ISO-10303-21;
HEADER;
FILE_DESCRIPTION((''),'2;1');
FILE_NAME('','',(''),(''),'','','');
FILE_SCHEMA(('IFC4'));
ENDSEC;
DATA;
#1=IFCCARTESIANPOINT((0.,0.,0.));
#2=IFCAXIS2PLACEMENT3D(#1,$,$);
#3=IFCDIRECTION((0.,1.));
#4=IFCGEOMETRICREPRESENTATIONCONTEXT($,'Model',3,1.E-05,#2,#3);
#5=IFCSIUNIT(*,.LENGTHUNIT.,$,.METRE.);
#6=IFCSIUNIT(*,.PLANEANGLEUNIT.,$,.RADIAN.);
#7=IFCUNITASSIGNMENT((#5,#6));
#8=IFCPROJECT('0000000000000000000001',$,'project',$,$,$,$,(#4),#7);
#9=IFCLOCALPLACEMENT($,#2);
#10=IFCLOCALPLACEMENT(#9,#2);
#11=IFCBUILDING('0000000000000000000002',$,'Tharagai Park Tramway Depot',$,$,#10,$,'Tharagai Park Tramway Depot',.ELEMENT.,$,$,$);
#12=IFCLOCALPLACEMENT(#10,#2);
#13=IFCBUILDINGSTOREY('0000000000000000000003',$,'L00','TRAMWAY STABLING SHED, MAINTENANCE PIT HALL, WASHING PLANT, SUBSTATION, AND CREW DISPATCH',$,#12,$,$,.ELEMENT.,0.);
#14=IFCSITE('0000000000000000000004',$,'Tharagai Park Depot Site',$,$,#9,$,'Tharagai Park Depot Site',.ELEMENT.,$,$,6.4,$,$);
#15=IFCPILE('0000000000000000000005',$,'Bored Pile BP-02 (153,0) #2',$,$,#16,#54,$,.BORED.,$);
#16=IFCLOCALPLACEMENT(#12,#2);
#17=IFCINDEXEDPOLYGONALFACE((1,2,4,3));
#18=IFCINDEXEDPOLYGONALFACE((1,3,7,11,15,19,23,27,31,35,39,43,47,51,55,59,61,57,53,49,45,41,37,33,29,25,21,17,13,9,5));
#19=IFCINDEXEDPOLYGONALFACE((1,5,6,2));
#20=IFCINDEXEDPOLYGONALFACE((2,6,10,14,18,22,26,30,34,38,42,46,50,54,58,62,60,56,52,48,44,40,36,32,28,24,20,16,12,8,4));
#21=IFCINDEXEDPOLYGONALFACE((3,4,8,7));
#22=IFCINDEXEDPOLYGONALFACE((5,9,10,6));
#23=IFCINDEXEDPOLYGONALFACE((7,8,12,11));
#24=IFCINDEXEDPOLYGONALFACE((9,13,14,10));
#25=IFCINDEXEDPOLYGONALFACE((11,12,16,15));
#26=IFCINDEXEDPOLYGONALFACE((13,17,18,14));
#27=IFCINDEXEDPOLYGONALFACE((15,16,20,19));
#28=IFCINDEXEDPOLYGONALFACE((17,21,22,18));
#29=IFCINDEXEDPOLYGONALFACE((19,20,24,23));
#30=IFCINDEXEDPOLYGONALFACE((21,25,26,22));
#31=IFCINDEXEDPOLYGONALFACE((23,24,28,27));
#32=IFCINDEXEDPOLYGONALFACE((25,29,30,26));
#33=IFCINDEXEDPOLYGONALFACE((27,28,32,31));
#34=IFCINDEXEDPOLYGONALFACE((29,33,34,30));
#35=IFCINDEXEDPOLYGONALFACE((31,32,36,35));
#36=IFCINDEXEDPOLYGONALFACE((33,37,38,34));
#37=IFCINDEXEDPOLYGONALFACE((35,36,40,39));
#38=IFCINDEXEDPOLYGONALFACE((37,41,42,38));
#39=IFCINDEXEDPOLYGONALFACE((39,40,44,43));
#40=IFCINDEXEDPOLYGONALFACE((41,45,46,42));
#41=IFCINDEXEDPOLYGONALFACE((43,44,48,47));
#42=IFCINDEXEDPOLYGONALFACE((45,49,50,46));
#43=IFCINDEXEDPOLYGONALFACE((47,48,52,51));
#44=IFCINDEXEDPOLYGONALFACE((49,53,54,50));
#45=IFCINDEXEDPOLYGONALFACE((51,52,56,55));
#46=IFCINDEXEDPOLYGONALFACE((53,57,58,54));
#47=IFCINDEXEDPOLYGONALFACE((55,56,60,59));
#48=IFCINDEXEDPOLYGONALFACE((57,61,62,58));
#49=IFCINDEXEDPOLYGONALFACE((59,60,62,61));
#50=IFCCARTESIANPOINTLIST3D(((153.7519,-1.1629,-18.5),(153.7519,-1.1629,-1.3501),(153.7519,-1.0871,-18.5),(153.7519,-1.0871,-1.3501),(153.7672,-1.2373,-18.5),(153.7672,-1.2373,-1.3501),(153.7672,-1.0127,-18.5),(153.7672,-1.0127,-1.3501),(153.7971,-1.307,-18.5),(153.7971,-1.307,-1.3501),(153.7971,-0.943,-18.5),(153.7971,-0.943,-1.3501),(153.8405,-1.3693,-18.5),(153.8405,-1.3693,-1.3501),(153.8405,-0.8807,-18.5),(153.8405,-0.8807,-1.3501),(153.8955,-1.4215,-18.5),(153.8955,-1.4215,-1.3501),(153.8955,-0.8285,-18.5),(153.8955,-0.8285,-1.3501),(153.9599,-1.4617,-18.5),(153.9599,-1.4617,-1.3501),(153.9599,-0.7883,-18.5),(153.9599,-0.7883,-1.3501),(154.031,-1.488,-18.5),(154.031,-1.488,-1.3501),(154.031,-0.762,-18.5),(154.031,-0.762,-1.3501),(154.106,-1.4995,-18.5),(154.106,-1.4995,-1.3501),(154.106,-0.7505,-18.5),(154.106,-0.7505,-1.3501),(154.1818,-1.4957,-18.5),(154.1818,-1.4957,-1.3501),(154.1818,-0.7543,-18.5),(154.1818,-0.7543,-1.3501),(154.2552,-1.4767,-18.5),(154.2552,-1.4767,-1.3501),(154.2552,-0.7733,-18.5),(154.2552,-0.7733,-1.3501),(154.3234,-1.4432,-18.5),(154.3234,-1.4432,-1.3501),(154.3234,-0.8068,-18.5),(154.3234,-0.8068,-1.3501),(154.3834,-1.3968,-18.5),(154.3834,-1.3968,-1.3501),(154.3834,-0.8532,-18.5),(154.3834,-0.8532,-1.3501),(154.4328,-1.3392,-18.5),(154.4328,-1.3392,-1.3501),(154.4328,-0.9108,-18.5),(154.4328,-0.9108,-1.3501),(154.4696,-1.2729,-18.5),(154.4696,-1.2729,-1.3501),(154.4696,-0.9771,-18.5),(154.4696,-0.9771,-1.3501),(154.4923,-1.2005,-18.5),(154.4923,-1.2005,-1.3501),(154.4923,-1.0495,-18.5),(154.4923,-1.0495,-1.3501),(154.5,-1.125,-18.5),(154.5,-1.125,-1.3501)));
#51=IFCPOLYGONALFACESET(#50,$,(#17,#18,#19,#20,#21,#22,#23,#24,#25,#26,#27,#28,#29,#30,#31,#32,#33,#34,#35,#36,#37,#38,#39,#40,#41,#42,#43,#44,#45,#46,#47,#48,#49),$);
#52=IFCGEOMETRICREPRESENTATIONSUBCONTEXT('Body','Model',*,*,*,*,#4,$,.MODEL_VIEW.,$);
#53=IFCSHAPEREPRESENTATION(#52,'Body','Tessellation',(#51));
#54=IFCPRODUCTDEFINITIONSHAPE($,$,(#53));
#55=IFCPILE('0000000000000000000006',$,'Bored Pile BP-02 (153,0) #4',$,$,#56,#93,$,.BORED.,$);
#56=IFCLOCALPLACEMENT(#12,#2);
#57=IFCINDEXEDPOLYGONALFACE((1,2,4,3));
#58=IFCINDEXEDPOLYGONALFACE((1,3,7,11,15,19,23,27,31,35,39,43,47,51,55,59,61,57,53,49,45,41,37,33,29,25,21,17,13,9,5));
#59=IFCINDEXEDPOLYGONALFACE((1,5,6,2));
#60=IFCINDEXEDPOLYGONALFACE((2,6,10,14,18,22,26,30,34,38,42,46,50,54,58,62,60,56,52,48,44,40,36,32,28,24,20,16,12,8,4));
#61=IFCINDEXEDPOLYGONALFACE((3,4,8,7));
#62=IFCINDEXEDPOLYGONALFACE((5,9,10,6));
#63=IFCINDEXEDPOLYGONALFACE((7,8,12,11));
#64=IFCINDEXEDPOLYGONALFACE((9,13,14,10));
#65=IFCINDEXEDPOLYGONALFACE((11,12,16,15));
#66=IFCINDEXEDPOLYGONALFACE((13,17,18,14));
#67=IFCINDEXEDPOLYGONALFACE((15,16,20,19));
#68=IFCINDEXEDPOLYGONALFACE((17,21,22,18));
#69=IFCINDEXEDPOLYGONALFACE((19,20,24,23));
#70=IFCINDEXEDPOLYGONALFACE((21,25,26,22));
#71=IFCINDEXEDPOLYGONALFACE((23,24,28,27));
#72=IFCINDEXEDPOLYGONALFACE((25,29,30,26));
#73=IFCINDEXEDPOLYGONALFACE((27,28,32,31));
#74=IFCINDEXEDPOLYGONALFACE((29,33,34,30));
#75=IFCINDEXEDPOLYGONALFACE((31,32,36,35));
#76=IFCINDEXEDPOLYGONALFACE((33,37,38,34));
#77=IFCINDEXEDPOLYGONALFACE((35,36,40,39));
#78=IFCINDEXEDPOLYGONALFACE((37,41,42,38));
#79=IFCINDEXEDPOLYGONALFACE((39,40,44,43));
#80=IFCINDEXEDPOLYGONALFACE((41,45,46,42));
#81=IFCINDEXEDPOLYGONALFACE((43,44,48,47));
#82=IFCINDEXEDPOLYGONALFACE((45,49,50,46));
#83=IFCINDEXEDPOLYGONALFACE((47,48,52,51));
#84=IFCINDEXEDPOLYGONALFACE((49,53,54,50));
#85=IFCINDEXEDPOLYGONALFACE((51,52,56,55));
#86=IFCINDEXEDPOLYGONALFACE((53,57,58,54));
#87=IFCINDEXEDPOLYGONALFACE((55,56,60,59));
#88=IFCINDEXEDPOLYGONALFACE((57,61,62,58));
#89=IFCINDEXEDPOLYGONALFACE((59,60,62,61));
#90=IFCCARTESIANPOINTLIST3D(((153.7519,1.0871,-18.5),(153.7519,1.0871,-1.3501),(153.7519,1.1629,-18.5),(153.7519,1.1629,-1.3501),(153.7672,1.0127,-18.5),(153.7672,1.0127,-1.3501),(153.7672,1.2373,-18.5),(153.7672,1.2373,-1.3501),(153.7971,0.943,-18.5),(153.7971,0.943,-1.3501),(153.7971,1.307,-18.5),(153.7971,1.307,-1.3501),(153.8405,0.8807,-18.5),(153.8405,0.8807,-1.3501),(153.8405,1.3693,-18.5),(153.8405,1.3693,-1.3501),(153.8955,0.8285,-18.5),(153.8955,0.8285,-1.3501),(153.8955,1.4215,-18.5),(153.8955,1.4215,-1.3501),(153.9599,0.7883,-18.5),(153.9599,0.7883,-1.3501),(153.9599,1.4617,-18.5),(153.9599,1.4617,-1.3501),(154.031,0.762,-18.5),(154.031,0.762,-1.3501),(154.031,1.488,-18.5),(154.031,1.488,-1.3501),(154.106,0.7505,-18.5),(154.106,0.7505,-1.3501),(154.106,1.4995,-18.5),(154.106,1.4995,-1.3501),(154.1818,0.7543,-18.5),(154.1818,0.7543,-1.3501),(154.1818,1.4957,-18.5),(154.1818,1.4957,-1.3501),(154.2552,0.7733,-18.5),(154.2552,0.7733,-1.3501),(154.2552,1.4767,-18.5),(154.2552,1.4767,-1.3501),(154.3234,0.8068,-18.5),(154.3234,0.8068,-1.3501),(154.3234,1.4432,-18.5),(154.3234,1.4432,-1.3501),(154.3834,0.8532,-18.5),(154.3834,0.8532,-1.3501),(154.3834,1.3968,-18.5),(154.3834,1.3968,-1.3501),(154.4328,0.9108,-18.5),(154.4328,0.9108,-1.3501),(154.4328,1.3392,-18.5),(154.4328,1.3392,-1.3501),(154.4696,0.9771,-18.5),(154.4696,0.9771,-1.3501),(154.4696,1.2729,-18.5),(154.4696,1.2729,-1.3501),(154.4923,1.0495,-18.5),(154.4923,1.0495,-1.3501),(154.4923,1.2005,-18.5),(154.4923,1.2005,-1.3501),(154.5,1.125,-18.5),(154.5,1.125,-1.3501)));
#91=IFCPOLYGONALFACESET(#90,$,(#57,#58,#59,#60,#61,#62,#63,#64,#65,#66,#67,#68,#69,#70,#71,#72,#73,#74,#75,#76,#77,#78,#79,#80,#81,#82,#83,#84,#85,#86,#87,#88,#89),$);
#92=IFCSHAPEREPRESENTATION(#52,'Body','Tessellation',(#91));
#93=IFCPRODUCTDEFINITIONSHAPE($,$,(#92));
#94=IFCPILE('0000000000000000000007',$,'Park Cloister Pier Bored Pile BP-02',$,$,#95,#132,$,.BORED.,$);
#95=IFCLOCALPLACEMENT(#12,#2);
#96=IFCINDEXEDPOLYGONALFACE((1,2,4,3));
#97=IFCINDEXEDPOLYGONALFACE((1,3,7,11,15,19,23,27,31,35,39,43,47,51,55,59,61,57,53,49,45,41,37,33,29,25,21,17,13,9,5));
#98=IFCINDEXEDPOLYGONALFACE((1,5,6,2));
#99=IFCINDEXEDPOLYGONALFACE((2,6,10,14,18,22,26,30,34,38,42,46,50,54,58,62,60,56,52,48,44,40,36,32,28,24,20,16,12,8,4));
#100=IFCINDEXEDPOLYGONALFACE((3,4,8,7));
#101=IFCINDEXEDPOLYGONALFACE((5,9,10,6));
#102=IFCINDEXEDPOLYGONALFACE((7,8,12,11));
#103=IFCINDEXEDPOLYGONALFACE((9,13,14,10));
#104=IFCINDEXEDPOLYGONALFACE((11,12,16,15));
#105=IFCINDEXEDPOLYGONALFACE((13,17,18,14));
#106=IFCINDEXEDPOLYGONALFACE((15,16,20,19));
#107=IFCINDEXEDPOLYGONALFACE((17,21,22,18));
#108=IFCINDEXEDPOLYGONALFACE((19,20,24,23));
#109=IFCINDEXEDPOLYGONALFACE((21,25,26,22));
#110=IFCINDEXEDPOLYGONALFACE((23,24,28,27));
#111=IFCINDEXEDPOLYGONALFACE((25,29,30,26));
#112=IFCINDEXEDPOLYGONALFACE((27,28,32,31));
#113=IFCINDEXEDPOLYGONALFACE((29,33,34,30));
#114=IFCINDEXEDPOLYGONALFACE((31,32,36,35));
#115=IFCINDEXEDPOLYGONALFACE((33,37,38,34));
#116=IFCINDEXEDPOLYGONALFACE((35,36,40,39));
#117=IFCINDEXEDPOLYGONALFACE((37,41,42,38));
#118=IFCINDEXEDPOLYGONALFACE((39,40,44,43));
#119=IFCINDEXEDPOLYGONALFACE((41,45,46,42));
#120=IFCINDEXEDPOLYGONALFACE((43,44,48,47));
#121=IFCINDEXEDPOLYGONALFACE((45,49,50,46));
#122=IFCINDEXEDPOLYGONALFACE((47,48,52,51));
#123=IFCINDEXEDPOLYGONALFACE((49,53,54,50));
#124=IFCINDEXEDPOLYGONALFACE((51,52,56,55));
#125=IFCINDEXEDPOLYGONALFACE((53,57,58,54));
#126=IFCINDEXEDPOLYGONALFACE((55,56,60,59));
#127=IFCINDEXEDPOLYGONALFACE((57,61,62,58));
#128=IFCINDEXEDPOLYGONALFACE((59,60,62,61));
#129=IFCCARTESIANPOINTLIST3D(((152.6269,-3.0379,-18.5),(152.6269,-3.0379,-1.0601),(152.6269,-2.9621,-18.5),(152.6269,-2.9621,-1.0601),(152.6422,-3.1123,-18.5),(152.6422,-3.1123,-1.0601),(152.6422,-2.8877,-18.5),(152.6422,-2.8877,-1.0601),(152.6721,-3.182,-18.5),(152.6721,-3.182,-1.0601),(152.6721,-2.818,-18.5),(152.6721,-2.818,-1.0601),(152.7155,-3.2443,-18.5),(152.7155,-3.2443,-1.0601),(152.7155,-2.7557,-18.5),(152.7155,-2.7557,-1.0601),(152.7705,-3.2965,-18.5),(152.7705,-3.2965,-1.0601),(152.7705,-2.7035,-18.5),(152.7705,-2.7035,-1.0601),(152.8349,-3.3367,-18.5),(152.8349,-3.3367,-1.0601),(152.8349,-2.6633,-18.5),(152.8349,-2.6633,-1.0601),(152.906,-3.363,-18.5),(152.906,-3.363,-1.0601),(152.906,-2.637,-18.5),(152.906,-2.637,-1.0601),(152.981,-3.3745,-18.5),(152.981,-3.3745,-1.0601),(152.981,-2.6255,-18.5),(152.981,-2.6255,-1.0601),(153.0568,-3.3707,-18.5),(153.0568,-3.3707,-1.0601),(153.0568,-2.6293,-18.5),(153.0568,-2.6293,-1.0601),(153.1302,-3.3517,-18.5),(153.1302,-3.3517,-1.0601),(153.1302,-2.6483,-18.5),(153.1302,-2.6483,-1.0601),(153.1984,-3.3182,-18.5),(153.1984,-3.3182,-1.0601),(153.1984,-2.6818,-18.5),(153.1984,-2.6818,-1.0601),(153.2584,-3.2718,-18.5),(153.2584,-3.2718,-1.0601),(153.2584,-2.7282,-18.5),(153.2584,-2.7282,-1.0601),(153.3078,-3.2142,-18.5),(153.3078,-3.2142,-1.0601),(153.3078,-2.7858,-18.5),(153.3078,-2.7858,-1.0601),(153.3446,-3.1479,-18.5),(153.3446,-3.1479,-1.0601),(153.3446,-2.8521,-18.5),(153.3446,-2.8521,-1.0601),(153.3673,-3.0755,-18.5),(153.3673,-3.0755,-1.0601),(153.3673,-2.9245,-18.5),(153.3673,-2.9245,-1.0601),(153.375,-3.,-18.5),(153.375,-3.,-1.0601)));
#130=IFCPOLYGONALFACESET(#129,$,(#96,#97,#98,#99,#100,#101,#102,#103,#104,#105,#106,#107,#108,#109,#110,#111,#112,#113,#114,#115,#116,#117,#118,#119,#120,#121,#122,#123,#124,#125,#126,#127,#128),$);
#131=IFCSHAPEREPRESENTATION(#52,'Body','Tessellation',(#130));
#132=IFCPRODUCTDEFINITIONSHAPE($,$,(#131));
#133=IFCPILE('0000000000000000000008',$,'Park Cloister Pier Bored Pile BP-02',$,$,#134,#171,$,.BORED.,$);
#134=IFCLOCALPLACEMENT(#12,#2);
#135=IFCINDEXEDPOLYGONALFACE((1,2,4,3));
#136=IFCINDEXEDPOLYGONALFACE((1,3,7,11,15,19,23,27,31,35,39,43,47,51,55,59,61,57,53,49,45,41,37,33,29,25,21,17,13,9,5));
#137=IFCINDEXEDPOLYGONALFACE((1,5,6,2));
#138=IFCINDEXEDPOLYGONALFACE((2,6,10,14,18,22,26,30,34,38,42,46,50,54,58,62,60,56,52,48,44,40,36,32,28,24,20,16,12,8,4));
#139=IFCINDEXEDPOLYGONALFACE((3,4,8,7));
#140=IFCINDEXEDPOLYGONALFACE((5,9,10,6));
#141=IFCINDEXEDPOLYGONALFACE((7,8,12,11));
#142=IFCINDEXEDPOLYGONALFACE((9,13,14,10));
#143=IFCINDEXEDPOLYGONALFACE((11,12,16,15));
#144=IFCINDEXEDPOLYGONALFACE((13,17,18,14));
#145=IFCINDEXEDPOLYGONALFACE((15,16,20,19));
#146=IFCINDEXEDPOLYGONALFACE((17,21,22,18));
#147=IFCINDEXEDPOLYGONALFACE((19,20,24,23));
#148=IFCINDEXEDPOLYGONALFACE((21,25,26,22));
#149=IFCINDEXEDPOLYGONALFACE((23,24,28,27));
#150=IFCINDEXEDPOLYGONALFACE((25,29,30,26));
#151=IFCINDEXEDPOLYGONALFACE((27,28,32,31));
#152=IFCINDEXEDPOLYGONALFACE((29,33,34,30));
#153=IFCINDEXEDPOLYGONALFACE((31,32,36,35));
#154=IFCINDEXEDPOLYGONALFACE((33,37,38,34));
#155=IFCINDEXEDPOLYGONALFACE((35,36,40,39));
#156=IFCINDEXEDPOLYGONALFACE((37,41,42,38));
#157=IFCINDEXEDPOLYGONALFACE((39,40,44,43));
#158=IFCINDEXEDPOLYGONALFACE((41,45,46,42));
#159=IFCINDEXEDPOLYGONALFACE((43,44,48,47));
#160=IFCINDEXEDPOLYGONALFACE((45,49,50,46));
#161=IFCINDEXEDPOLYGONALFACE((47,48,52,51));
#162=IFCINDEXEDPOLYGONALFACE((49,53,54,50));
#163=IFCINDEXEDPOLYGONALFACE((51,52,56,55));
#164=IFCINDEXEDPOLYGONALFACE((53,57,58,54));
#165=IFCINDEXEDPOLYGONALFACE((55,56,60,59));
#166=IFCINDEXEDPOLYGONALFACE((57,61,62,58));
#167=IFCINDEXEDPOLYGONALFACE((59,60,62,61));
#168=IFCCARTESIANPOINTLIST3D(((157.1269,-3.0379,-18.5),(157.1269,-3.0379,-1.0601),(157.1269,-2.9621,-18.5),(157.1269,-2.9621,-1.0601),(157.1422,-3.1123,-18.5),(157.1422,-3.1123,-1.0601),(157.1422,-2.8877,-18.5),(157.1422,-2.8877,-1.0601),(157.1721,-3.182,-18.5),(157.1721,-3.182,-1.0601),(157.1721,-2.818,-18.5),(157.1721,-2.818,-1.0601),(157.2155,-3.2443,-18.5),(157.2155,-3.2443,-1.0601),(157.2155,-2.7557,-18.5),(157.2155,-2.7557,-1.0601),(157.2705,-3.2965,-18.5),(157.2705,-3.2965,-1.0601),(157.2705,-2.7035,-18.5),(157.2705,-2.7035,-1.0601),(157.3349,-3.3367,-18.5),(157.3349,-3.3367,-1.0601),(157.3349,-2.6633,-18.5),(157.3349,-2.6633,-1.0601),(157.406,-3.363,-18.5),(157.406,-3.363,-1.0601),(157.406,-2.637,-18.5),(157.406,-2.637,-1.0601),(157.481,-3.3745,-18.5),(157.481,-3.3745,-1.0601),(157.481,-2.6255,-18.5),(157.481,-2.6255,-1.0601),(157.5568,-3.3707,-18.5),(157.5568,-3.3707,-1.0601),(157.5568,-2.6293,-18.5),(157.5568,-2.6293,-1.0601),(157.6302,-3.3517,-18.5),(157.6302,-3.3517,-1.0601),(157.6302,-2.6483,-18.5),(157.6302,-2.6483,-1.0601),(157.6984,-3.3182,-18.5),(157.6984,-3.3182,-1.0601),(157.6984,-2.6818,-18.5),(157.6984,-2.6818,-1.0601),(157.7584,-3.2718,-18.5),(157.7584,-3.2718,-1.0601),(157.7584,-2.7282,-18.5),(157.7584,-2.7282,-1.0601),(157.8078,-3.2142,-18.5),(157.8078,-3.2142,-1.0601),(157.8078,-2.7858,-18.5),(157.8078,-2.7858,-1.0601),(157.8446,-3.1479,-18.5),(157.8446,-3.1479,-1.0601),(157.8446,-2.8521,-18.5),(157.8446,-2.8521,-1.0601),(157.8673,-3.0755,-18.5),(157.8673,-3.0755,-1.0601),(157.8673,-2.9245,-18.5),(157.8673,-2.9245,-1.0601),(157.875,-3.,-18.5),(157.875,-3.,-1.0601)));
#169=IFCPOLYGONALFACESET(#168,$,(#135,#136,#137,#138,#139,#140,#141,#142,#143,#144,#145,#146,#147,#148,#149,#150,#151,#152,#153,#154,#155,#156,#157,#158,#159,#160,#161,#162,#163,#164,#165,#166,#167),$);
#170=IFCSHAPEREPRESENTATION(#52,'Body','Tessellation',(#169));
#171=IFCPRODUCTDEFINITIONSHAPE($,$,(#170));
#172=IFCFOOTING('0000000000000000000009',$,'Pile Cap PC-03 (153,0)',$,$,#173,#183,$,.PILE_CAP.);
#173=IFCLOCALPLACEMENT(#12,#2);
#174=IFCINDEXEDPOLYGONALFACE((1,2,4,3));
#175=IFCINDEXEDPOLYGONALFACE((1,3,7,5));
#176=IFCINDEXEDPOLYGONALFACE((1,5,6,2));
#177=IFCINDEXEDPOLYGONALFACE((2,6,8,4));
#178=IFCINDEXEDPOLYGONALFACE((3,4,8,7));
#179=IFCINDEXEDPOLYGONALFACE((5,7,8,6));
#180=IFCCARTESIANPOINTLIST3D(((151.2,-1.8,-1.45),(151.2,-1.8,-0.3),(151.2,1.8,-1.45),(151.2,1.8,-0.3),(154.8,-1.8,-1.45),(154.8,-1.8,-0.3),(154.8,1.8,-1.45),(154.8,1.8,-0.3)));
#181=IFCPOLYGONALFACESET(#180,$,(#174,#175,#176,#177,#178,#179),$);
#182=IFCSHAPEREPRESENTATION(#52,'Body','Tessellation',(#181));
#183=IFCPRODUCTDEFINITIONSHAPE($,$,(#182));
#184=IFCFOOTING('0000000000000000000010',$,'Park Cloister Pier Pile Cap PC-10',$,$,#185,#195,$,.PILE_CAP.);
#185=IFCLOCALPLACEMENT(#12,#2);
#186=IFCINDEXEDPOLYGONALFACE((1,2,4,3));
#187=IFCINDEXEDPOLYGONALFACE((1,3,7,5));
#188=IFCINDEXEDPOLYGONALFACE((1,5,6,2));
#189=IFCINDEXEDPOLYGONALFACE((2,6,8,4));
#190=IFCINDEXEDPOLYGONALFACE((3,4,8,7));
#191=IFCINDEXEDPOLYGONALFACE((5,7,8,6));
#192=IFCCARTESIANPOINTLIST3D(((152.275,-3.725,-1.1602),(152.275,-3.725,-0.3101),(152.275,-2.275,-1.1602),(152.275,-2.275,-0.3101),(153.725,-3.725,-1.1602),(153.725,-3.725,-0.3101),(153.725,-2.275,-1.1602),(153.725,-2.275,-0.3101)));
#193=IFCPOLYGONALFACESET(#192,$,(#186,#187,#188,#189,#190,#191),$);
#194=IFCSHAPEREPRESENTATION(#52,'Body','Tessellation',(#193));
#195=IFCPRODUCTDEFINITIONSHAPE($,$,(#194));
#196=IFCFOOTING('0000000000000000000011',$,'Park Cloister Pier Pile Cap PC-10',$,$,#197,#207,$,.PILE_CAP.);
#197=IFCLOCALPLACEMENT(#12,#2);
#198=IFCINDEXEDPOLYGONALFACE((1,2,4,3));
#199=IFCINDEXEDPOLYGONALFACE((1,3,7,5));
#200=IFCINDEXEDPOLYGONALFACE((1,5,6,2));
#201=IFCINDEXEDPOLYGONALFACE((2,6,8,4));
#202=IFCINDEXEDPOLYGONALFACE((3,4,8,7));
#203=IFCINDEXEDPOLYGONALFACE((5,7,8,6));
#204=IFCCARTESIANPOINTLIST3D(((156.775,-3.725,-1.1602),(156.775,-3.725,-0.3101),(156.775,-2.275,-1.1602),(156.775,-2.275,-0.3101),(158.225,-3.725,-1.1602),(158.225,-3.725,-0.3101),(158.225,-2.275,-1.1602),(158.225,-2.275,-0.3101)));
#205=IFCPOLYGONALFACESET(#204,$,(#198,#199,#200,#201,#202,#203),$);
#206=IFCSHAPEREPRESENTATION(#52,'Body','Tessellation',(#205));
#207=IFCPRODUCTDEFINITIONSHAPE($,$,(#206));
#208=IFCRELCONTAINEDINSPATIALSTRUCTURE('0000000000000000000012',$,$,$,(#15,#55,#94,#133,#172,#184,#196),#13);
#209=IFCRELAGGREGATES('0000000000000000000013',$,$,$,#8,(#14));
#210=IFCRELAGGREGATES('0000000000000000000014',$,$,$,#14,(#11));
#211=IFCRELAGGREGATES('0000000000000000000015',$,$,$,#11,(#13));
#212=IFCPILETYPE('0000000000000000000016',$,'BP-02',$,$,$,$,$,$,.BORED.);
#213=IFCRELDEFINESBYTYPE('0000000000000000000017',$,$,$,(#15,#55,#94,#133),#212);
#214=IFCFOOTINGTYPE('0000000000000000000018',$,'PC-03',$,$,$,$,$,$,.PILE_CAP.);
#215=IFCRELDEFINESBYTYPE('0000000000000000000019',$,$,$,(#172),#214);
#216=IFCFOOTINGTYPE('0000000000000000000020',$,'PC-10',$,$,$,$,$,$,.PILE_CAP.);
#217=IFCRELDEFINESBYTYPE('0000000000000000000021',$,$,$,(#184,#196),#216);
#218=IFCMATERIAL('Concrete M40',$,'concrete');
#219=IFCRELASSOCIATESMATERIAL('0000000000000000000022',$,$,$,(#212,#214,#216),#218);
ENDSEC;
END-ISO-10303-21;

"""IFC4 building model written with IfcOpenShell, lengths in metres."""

from ifc_helpers import new_model, si_unit, direction, frame, origin, origin_2d, place, context, subcontext, project, spatial, rectangle, circle, extrude, material, material_profile, profile_set, type_object, element, save


model = new_model("IFC4")

# Units and contexts
model_context = context("Model", 3, precision=1e-05, world=origin(), true_north=direction((0.0, 1.0)))
body_context = subcontext(model_context, "Body", "Model", "MODEL_VIEW")
ifc_project = project(units=[si_unit("LENGTHUNIT", "METRE"), si_unit("PLANEANGLEUNIT", "RADIAN")], contexts=[model_context])

# Site, building, storey
site_placement = place(None, origin())
site = spatial("IfcSite", under=ifc_project, at=site_placement, Name="Tharagai Park Depot Site", LongName="Tharagai Park Depot Site", CompositionType="ELEMENT", RefElevation=6.4)
building_placement = place(site_placement, origin())
building = spatial("IfcBuilding", under=site, at=building_placement, Name="Tharagai Park Tramway Depot", LongName="Tharagai Park Tramway Depot", CompositionType="ELEMENT")
storey_placement = place(building_placement, origin())
storey = spatial("IfcBuildingStorey", under=building, at=storey_placement, Name="L00", Description="TRAMWAY STABLING SHED, MAINTENANCE PIT HALL, WASHING PLANT, SUBSTATION, AND CREW DISPATCH", CompositionType="ELEMENT", Elevation=0.0)

# Piles
ifc_material_1 = material(Name="Concrete M40", Category="concrete")
ifc_material_profile_1 = material_profile(ifc_material_1, circle(Radius=0.375, at=origin_2d()), Name="PILE D750")
ifc_profile_set_1 = profile_set([ifc_material_profile_1], Name="Concrete M40")
pile_type = type_object("IfcPileType", Name="BP-02", PredefinedType="BORED", material=ifc_profile_set_1)
for number, where, z_axis, x_axis, name in (
    (1, (154.125, -1.125, -1.3501), (0.0, 0.0, -1.0), (1.0, 0.0, 0.0), "Bored Pile BP-02 (153,0) #2"),
    (2, (154.125, 1.125, -1.3501), (0.0, 0.0, -1.0), (1.0, 0.0, 0.0), "Bored Pile BP-02 (153,0) #4"),
):
    element("IfcPile", number, at=place(storey_placement, frame(where, z_axis=z_axis, x_axis=x_axis)), inside=storey, type_object=pile_type, Name=name, PredefinedType="BORED", context=body_context, shape_type="SweptSolid", body=[
        extrude(circle(Radius=0.375, at=origin_2d()), origin(), (0.0, 0.0, 1.0), 17.1499),
    ])
for number, where, z_axis, x_axis, name in (
    (3, (153.0, -3.0, -1.0601), (0.0, 0.0, -1.0), (1.0, 0.0, 0.0), "Park Cloister Pier Bored Pile BP-02"),
    (4, (157.5, -3.0, -1.0601), (0.0, 0.0, -1.0), (1.0, 0.0, 0.0), "Park Cloister Pier Bored Pile BP-02"),
):
    element("IfcPile", number, at=place(storey_placement, frame(where, z_axis=z_axis, x_axis=x_axis)), inside=storey, type_object=pile_type, Name=name, PredefinedType="BORED", context=body_context, shape_type="SweptSolid", body=[
        extrude(circle(Radius=0.375, at=origin_2d()), origin(), (0.0, 0.0, 1.0), 17.4399),
    ])

# Footings
footing_type_1 = type_object("IfcFootingType", Name="PC-03", PredefinedType="PILE_CAP", material=ifc_material_1)
footing_placement = place(storey_placement, frame((153.0, 0.0, -1.45), z_axis=(0.0, 0.0, 1.0), x_axis=(1.0, 0.0, 0.0)))
element("IfcFooting", 5, at=footing_placement, inside=storey, type_object=footing_type_1, Name="Pile Cap PC-03 (153,0)", PredefinedType="PILE_CAP", context=body_context, shape_type="SweptSolid", body=[
    extrude(rectangle(XDim=3.6001, YDim=3.6001, at=origin_2d()), origin(), (0.0, 0.0, 1.0), 1.1499),
])
footing_type_2 = type_object("IfcFootingType", Name="PC-10", PredefinedType="PILE_CAP", material=ifc_material_1)
for number, where, z_axis, x_axis, name in (
    (6, (153.0, -3.0, -1.1602), (0.0, 0.0, 1.0), (1.0, 0.0, 0.0), "Park Cloister Pier Pile Cap PC-10"),
    (7, (157.5, -3.0, -1.1602), (0.0, 0.0, 1.0), (1.0, 0.0, 0.0), "Park Cloister Pier Pile Cap PC-10"),
):
    element("IfcFooting", number, at=place(storey_placement, frame(where, z_axis=z_axis, x_axis=x_axis)), inside=storey, type_object=footing_type_2, Name=name, PredefinedType="PILE_CAP", context=body_context, shape_type="SweptSolid", body=[
        extrude(rectangle(XDim=1.45, YDim=1.45, at=origin_2d()), origin(), (0.0, 0.0, 1.0), 0.8501),
    ])

save(model, "model.ifc")
